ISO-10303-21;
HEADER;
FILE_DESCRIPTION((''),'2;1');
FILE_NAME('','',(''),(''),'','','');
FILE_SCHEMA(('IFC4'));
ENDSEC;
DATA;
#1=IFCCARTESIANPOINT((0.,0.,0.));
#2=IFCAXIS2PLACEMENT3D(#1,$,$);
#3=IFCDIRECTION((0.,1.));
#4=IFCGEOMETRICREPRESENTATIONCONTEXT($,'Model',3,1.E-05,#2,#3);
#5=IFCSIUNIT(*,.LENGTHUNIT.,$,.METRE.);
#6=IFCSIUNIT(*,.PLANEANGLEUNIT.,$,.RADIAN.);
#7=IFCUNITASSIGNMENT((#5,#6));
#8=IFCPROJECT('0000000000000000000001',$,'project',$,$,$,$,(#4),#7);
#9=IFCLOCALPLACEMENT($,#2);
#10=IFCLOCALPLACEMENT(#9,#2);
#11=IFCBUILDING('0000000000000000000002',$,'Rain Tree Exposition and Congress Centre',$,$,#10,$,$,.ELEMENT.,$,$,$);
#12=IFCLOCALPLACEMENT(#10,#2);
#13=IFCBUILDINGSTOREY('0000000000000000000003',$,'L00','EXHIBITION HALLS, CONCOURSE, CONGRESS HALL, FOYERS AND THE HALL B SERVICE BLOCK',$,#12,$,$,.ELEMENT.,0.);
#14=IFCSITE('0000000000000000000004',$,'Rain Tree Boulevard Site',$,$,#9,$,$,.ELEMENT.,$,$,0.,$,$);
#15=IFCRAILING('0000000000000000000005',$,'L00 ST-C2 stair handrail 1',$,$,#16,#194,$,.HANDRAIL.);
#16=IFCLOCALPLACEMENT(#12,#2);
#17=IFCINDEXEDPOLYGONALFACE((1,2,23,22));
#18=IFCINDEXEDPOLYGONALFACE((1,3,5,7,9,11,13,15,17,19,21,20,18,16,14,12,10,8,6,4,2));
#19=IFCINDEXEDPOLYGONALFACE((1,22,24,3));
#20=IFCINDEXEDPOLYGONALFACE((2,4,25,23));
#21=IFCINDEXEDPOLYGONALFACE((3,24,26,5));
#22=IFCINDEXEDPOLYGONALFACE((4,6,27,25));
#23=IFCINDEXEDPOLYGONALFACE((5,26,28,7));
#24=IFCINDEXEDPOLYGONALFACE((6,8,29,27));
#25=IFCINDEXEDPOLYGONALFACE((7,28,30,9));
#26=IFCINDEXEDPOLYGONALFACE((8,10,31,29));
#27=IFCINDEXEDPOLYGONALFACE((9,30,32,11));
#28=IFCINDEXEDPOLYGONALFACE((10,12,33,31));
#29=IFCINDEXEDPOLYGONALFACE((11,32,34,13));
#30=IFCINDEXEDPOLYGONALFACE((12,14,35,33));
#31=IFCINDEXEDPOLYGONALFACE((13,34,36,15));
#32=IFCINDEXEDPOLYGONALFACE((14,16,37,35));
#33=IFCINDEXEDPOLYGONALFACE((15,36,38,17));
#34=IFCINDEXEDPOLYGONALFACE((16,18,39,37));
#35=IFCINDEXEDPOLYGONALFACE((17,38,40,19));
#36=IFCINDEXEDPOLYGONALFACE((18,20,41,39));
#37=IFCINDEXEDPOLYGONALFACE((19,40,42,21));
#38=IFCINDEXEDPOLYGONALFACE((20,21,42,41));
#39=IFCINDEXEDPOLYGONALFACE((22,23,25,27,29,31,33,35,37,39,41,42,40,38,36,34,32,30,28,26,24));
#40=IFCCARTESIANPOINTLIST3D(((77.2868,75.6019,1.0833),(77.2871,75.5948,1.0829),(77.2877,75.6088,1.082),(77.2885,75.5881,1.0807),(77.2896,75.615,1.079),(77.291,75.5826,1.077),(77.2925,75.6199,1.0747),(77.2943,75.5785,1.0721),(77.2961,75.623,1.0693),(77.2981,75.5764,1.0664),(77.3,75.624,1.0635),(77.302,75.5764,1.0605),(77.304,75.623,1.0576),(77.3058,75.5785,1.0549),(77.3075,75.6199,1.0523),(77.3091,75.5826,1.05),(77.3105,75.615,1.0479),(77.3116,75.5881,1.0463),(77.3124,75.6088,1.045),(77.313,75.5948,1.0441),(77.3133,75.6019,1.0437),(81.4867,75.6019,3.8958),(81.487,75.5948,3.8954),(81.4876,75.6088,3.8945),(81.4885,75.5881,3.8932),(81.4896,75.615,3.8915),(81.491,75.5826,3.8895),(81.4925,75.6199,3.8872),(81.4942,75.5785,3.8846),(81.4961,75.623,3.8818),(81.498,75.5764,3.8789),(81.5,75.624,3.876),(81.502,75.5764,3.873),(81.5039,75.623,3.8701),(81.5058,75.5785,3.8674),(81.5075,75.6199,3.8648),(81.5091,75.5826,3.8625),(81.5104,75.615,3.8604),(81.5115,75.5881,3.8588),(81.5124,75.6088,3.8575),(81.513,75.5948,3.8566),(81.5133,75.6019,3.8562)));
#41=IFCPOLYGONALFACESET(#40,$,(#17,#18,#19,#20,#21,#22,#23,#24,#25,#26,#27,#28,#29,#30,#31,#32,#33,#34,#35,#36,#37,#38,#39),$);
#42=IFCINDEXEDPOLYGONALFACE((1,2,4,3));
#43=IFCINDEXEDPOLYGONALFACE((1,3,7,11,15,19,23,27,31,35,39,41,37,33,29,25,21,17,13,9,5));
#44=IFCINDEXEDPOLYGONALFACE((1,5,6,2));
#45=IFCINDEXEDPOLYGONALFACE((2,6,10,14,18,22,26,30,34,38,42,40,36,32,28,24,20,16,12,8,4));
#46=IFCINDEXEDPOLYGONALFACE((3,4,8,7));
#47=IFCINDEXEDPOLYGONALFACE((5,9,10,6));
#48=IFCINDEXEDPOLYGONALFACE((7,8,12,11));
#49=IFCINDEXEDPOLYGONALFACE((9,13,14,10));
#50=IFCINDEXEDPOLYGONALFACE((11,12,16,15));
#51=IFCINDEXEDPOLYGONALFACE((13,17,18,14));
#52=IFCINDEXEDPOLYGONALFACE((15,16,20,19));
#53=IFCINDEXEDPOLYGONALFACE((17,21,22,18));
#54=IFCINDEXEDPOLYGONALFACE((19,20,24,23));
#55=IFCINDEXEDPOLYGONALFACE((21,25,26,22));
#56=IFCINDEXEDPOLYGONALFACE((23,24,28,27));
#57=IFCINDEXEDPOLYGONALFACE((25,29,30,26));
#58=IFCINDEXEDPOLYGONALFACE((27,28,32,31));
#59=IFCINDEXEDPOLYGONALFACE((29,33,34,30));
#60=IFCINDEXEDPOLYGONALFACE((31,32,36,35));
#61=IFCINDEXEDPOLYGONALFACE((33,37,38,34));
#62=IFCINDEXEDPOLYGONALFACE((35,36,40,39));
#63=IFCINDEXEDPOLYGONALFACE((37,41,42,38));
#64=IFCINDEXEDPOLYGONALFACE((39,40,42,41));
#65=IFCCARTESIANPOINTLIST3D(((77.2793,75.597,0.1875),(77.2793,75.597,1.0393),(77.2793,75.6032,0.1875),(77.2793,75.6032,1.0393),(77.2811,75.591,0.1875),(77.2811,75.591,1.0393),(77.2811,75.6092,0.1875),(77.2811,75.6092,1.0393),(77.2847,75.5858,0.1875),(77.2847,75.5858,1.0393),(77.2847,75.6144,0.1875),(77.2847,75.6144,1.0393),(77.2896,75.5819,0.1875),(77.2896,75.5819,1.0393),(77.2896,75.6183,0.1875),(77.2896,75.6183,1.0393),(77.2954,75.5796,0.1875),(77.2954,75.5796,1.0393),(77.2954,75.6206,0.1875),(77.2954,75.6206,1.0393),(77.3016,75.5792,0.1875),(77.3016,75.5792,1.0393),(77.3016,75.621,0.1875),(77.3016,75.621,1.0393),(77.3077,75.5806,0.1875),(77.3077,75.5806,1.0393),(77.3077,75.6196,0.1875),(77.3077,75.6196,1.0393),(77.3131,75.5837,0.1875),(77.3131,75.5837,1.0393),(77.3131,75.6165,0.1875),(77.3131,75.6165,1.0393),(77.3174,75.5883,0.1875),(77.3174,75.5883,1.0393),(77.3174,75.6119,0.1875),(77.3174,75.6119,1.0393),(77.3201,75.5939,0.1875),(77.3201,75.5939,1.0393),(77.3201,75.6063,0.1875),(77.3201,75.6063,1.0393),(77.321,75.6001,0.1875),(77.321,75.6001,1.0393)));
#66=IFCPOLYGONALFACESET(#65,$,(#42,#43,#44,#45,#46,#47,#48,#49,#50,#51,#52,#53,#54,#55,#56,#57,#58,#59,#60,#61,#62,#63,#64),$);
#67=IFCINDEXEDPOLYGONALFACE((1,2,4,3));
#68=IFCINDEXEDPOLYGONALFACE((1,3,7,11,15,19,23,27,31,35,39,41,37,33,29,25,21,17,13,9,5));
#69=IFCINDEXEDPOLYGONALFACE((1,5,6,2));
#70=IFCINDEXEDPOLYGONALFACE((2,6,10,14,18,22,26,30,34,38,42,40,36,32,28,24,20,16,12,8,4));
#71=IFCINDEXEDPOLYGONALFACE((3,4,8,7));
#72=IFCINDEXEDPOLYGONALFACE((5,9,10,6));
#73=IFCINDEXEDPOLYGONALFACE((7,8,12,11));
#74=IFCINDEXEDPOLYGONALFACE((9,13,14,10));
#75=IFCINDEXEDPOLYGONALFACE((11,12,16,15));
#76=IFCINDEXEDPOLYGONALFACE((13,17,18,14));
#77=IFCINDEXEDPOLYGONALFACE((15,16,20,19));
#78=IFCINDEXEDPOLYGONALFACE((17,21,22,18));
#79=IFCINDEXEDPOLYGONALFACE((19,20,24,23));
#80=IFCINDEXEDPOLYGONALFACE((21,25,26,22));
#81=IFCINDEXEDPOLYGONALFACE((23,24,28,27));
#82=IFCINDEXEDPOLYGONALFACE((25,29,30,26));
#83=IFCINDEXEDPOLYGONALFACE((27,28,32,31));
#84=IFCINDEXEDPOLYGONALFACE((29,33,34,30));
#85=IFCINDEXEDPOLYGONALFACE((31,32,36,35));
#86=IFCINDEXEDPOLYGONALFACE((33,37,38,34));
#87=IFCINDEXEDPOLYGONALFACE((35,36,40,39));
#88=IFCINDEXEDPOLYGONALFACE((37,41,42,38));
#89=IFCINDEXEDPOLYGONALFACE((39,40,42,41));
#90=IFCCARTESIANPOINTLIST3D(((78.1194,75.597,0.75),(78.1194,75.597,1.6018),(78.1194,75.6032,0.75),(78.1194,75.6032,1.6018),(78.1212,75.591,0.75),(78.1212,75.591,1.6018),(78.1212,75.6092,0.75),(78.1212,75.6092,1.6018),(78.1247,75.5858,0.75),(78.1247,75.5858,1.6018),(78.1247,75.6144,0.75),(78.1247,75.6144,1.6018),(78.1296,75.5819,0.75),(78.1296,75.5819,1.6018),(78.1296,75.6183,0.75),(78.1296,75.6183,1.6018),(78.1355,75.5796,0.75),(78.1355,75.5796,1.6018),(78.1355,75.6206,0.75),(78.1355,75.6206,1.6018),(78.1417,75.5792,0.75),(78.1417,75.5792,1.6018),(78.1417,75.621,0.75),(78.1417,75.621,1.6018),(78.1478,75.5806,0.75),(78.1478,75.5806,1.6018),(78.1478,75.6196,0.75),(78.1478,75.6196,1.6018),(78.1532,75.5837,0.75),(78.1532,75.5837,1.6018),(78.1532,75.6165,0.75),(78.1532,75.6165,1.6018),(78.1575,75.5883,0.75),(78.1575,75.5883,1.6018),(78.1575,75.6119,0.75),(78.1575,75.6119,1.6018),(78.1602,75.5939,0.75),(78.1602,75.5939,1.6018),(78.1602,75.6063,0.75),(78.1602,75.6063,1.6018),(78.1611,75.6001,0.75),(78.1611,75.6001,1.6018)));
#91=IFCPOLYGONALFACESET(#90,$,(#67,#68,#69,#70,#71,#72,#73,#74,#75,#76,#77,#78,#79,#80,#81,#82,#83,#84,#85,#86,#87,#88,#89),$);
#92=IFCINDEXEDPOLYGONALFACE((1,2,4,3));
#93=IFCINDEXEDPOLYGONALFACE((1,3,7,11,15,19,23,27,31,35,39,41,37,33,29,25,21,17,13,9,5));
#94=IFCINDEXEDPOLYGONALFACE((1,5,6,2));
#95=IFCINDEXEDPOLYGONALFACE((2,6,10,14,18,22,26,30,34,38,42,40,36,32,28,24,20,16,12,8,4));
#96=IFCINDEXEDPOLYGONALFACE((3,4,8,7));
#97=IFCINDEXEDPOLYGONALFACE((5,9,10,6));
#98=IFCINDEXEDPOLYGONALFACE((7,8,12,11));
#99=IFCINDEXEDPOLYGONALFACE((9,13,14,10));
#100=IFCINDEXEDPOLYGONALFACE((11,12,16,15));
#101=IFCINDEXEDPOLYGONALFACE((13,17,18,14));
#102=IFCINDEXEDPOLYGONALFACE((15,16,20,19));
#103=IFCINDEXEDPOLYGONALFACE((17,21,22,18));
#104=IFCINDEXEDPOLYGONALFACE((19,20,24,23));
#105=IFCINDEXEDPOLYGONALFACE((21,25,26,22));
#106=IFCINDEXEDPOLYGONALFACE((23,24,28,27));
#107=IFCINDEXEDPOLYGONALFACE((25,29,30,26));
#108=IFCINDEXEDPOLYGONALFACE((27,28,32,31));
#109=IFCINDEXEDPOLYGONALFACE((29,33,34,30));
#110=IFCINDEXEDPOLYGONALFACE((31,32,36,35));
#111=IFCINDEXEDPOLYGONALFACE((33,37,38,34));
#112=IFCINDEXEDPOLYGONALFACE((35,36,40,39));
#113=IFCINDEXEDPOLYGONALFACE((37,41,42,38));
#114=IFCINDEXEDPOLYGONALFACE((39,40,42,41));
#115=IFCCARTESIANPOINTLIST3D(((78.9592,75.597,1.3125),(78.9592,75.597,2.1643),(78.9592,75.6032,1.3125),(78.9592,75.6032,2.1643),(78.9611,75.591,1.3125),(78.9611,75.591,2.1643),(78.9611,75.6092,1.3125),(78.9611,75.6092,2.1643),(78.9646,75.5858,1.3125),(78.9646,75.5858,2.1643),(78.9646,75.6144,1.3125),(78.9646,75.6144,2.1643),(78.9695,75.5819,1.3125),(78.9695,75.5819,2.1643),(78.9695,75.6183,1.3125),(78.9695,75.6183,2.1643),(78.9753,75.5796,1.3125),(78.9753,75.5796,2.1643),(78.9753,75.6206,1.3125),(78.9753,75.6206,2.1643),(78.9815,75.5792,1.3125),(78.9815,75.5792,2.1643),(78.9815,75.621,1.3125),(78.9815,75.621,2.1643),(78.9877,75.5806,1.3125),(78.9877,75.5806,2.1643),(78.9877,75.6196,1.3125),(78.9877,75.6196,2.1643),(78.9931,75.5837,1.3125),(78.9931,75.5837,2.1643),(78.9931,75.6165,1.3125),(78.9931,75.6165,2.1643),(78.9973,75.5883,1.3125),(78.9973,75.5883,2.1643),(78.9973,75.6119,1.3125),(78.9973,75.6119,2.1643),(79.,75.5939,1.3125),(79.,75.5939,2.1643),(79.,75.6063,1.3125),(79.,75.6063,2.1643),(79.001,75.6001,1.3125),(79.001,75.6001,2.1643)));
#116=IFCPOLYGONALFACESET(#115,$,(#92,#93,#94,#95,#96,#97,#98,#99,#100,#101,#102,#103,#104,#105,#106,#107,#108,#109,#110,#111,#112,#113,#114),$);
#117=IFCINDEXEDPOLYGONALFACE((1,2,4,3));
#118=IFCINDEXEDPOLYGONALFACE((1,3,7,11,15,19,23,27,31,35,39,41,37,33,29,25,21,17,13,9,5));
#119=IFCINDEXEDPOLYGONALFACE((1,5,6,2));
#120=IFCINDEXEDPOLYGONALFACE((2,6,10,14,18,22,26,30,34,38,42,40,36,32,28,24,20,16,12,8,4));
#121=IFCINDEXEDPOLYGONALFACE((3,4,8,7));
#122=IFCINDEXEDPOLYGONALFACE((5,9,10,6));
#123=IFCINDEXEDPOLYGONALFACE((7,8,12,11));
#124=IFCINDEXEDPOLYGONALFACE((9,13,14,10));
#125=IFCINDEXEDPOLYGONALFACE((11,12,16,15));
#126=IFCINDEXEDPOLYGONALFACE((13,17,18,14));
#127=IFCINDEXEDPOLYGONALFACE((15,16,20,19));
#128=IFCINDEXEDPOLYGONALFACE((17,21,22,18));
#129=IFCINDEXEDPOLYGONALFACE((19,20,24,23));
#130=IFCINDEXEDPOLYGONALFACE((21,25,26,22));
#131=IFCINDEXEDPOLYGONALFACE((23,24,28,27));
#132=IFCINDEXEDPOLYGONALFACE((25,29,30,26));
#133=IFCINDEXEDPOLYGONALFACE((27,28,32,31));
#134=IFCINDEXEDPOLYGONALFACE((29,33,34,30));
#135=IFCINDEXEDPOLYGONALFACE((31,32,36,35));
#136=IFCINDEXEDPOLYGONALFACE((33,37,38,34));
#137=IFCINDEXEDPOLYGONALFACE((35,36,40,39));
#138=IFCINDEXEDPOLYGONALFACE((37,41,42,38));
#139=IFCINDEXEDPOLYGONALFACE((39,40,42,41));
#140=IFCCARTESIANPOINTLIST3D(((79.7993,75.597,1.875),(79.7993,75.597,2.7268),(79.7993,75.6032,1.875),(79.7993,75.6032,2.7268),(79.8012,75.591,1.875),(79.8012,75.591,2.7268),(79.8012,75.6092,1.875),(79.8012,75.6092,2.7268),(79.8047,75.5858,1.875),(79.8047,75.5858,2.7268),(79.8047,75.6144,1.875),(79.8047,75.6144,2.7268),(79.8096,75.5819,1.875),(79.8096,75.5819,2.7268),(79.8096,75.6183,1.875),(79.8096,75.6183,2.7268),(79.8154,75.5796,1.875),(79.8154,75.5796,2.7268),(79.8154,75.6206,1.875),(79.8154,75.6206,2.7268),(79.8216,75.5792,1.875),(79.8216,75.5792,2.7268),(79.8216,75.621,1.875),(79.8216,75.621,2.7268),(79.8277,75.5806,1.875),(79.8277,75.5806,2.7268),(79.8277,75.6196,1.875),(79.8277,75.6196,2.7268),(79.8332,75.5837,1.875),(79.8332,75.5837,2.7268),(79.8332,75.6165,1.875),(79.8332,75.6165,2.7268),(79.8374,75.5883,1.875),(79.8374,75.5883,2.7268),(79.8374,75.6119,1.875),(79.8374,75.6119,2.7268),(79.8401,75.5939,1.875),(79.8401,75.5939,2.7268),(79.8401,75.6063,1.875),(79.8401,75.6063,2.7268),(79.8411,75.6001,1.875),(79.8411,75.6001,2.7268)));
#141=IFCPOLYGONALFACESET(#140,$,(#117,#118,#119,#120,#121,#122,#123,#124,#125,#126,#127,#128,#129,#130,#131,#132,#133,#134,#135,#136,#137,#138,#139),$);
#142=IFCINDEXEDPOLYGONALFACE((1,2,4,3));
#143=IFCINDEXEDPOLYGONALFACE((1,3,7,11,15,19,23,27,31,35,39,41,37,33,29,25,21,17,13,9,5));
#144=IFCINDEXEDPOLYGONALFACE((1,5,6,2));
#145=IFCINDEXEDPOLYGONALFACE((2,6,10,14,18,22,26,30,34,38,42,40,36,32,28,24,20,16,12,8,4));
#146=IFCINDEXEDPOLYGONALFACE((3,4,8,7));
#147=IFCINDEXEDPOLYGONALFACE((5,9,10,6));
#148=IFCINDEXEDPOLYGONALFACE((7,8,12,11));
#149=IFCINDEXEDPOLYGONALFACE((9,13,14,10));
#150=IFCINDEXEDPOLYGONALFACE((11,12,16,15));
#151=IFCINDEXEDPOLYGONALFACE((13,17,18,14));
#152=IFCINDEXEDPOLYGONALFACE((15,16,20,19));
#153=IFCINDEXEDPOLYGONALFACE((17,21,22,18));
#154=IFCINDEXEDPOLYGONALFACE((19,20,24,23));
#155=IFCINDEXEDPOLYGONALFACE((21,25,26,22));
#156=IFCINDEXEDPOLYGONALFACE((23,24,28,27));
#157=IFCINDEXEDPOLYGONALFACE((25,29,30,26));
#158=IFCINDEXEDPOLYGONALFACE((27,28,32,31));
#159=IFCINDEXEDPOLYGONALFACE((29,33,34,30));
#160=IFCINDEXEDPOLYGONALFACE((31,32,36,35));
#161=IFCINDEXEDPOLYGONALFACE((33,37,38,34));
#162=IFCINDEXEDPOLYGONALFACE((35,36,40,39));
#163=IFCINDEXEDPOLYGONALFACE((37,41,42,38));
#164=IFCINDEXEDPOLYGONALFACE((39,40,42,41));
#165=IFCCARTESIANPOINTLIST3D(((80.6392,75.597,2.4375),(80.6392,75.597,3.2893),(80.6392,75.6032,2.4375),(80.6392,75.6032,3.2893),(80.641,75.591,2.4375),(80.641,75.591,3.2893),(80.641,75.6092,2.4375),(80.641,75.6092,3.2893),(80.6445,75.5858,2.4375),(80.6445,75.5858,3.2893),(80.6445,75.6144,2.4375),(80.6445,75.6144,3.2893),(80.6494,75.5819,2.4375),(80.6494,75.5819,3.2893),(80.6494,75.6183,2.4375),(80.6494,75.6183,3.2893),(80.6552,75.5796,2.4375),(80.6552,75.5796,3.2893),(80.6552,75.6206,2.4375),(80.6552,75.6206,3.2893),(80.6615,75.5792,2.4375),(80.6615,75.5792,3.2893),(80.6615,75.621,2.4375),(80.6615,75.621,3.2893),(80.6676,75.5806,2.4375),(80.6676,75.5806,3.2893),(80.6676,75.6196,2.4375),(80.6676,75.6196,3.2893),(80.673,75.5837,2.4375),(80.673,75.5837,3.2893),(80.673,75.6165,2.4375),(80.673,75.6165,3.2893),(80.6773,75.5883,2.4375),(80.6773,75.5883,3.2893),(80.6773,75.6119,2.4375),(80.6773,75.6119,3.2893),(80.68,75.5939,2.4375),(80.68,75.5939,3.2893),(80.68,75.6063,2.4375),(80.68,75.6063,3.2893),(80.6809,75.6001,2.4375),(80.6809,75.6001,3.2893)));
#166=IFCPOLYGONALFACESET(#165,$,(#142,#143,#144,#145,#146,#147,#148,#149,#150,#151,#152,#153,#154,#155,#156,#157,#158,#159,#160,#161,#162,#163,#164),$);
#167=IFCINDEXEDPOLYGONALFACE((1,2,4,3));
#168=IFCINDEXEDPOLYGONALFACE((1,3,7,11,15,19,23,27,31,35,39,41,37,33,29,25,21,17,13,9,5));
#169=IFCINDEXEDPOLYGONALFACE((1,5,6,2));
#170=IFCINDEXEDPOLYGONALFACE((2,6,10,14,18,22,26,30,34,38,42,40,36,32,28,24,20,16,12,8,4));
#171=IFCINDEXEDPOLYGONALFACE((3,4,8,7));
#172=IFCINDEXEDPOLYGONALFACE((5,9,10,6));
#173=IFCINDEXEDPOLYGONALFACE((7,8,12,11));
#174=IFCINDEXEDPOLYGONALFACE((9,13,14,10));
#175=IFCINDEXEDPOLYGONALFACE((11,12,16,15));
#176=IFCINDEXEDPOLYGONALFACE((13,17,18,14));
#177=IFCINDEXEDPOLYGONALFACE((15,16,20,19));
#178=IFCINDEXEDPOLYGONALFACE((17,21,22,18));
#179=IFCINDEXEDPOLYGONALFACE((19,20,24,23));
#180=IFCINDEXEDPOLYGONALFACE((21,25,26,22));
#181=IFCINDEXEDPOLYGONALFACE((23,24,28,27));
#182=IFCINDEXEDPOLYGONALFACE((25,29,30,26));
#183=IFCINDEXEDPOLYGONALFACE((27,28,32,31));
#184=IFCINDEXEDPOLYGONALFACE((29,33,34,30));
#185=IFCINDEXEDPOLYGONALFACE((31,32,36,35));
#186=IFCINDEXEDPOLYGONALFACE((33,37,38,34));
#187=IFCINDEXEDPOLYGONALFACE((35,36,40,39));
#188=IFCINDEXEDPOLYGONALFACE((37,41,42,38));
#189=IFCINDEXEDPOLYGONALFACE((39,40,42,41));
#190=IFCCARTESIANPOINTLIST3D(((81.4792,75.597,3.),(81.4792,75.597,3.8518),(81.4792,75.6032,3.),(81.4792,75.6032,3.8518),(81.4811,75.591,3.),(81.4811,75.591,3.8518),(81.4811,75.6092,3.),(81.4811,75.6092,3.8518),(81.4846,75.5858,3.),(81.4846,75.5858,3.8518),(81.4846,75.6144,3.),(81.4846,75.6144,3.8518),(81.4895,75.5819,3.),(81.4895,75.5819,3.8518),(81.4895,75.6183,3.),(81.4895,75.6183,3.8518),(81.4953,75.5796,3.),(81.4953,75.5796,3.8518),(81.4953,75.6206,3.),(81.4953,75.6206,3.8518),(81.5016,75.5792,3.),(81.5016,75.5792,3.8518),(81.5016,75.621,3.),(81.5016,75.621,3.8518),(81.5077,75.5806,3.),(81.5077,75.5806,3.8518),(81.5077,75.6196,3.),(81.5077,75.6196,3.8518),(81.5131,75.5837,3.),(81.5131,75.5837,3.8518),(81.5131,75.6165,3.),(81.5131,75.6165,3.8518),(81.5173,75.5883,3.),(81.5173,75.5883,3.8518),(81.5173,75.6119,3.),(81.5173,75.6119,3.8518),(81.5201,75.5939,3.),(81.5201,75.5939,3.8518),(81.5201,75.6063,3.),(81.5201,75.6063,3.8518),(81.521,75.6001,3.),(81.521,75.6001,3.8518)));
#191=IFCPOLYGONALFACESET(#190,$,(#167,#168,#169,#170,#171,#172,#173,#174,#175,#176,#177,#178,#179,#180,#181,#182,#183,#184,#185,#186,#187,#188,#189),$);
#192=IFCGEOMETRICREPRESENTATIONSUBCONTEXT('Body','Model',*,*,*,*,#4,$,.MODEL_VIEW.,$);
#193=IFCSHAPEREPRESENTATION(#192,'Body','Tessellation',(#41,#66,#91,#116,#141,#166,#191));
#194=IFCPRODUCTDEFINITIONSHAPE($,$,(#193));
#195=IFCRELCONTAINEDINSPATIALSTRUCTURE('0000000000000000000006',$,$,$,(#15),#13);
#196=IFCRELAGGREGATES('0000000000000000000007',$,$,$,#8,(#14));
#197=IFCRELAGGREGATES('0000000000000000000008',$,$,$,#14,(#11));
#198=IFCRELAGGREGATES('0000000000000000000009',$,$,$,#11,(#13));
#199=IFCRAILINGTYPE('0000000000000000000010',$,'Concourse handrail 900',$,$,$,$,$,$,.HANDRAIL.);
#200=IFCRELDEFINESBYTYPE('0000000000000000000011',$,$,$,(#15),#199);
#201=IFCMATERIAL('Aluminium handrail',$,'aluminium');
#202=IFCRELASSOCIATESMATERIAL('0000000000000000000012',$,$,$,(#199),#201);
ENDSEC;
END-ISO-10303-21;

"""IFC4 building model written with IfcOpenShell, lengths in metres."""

from ifc_helpers import new_model, si_unit, direction, frame, origin, origin_2d, place, context, subcontext, project, spatial, circle, extrude, material, type_object, element, save


model = new_model("IFC4")

# Units and contexts
model_context = context("Model", 3, precision=1e-05, world=origin(), true_north=direction((0.0, 1.0)))
body_context = subcontext(model_context, "Body", "Model", "MODEL_VIEW")
ifc_project = project(units=[si_unit("LENGTHUNIT", "METRE"), si_unit("PLANEANGLEUNIT", "RADIAN")], contexts=[model_context])

# Site, building, storey
site_placement = place(None, origin())
site = spatial("IfcSite", under=ifc_project, at=site_placement, Name="Rain Tree Boulevard Site", CompositionType="ELEMENT", RefElevation=0.0)
building_placement = place(site_placement, origin())
building = spatial("IfcBuilding", under=site, at=building_placement, Name="Rain Tree Exposition and Congress Centre", CompositionType="ELEMENT")
storey_placement = place(building_placement, origin())
storey = spatial("IfcBuildingStorey", under=building, at=storey_placement, Name="L00", Description="EXHIBITION HALLS, CONCOURSE, CONGRESS HALL, FOYERS AND THE HALL B SERVICE BLOCK", CompositionType="ELEMENT", Elevation=0.0)

# Railing
ifc_material_1 = material(Name="Aluminium handrail", Category="aluminium")
railing_type_1 = type_object("IfcRailingType", Name="Concourse handrail 900", PredefinedType="HANDRAIL", material=ifc_material_1)
railing_1_placement = place(storey_placement, frame((77.3, 75.6001, 0.1875)))
element("IfcRailing", 1, at=railing_1_placement, inside=storey, type_object=railing_type_1, Name="L00 ST-C2 stair handrail 1", PredefinedType="HANDRAIL", context=body_context, shape_type="SweptSolid", body=[
    extrude(circle(Radius=0.0239, at=origin_2d()), frame((0.0, 0.0, 0.876), z_axis=(0.830904, 0.0, 0.556416), x_axis=(0.0, 1.0, 0.0)), (0.0, 0.0, 1.0), 5.0547),
    extrude(circle(Radius=0.021, at=origin_2d()), origin(), (0.0, 0.0, 1.0), 0.8518),
    extrude(circle(Radius=0.021, at=origin_2d()), frame((0.8401, 0.0, 0.5625)), (0.0, 0.0, 1.0), 0.8518),
    extrude(circle(Radius=0.021, at=origin_2d()), frame((1.6799, 0.0, 1.125)), (0.0, 0.0, 1.0), 0.8518),
    extrude(circle(Radius=0.021, at=origin_2d()), frame((2.52, 0.0, 1.6875)), (0.0, 0.0, 1.0), 0.8518),
    extrude(circle(Radius=0.021, at=origin_2d()), frame((3.3599, 0.0, 2.25)), (0.0, 0.0, 1.0), 0.8518),
    extrude(circle(Radius=0.021, at=origin_2d()), frame((4.2, 0.0, 2.8125)), (0.0, 0.0, 1.0), 0.8518),
])

save(model, "model.ifc")
